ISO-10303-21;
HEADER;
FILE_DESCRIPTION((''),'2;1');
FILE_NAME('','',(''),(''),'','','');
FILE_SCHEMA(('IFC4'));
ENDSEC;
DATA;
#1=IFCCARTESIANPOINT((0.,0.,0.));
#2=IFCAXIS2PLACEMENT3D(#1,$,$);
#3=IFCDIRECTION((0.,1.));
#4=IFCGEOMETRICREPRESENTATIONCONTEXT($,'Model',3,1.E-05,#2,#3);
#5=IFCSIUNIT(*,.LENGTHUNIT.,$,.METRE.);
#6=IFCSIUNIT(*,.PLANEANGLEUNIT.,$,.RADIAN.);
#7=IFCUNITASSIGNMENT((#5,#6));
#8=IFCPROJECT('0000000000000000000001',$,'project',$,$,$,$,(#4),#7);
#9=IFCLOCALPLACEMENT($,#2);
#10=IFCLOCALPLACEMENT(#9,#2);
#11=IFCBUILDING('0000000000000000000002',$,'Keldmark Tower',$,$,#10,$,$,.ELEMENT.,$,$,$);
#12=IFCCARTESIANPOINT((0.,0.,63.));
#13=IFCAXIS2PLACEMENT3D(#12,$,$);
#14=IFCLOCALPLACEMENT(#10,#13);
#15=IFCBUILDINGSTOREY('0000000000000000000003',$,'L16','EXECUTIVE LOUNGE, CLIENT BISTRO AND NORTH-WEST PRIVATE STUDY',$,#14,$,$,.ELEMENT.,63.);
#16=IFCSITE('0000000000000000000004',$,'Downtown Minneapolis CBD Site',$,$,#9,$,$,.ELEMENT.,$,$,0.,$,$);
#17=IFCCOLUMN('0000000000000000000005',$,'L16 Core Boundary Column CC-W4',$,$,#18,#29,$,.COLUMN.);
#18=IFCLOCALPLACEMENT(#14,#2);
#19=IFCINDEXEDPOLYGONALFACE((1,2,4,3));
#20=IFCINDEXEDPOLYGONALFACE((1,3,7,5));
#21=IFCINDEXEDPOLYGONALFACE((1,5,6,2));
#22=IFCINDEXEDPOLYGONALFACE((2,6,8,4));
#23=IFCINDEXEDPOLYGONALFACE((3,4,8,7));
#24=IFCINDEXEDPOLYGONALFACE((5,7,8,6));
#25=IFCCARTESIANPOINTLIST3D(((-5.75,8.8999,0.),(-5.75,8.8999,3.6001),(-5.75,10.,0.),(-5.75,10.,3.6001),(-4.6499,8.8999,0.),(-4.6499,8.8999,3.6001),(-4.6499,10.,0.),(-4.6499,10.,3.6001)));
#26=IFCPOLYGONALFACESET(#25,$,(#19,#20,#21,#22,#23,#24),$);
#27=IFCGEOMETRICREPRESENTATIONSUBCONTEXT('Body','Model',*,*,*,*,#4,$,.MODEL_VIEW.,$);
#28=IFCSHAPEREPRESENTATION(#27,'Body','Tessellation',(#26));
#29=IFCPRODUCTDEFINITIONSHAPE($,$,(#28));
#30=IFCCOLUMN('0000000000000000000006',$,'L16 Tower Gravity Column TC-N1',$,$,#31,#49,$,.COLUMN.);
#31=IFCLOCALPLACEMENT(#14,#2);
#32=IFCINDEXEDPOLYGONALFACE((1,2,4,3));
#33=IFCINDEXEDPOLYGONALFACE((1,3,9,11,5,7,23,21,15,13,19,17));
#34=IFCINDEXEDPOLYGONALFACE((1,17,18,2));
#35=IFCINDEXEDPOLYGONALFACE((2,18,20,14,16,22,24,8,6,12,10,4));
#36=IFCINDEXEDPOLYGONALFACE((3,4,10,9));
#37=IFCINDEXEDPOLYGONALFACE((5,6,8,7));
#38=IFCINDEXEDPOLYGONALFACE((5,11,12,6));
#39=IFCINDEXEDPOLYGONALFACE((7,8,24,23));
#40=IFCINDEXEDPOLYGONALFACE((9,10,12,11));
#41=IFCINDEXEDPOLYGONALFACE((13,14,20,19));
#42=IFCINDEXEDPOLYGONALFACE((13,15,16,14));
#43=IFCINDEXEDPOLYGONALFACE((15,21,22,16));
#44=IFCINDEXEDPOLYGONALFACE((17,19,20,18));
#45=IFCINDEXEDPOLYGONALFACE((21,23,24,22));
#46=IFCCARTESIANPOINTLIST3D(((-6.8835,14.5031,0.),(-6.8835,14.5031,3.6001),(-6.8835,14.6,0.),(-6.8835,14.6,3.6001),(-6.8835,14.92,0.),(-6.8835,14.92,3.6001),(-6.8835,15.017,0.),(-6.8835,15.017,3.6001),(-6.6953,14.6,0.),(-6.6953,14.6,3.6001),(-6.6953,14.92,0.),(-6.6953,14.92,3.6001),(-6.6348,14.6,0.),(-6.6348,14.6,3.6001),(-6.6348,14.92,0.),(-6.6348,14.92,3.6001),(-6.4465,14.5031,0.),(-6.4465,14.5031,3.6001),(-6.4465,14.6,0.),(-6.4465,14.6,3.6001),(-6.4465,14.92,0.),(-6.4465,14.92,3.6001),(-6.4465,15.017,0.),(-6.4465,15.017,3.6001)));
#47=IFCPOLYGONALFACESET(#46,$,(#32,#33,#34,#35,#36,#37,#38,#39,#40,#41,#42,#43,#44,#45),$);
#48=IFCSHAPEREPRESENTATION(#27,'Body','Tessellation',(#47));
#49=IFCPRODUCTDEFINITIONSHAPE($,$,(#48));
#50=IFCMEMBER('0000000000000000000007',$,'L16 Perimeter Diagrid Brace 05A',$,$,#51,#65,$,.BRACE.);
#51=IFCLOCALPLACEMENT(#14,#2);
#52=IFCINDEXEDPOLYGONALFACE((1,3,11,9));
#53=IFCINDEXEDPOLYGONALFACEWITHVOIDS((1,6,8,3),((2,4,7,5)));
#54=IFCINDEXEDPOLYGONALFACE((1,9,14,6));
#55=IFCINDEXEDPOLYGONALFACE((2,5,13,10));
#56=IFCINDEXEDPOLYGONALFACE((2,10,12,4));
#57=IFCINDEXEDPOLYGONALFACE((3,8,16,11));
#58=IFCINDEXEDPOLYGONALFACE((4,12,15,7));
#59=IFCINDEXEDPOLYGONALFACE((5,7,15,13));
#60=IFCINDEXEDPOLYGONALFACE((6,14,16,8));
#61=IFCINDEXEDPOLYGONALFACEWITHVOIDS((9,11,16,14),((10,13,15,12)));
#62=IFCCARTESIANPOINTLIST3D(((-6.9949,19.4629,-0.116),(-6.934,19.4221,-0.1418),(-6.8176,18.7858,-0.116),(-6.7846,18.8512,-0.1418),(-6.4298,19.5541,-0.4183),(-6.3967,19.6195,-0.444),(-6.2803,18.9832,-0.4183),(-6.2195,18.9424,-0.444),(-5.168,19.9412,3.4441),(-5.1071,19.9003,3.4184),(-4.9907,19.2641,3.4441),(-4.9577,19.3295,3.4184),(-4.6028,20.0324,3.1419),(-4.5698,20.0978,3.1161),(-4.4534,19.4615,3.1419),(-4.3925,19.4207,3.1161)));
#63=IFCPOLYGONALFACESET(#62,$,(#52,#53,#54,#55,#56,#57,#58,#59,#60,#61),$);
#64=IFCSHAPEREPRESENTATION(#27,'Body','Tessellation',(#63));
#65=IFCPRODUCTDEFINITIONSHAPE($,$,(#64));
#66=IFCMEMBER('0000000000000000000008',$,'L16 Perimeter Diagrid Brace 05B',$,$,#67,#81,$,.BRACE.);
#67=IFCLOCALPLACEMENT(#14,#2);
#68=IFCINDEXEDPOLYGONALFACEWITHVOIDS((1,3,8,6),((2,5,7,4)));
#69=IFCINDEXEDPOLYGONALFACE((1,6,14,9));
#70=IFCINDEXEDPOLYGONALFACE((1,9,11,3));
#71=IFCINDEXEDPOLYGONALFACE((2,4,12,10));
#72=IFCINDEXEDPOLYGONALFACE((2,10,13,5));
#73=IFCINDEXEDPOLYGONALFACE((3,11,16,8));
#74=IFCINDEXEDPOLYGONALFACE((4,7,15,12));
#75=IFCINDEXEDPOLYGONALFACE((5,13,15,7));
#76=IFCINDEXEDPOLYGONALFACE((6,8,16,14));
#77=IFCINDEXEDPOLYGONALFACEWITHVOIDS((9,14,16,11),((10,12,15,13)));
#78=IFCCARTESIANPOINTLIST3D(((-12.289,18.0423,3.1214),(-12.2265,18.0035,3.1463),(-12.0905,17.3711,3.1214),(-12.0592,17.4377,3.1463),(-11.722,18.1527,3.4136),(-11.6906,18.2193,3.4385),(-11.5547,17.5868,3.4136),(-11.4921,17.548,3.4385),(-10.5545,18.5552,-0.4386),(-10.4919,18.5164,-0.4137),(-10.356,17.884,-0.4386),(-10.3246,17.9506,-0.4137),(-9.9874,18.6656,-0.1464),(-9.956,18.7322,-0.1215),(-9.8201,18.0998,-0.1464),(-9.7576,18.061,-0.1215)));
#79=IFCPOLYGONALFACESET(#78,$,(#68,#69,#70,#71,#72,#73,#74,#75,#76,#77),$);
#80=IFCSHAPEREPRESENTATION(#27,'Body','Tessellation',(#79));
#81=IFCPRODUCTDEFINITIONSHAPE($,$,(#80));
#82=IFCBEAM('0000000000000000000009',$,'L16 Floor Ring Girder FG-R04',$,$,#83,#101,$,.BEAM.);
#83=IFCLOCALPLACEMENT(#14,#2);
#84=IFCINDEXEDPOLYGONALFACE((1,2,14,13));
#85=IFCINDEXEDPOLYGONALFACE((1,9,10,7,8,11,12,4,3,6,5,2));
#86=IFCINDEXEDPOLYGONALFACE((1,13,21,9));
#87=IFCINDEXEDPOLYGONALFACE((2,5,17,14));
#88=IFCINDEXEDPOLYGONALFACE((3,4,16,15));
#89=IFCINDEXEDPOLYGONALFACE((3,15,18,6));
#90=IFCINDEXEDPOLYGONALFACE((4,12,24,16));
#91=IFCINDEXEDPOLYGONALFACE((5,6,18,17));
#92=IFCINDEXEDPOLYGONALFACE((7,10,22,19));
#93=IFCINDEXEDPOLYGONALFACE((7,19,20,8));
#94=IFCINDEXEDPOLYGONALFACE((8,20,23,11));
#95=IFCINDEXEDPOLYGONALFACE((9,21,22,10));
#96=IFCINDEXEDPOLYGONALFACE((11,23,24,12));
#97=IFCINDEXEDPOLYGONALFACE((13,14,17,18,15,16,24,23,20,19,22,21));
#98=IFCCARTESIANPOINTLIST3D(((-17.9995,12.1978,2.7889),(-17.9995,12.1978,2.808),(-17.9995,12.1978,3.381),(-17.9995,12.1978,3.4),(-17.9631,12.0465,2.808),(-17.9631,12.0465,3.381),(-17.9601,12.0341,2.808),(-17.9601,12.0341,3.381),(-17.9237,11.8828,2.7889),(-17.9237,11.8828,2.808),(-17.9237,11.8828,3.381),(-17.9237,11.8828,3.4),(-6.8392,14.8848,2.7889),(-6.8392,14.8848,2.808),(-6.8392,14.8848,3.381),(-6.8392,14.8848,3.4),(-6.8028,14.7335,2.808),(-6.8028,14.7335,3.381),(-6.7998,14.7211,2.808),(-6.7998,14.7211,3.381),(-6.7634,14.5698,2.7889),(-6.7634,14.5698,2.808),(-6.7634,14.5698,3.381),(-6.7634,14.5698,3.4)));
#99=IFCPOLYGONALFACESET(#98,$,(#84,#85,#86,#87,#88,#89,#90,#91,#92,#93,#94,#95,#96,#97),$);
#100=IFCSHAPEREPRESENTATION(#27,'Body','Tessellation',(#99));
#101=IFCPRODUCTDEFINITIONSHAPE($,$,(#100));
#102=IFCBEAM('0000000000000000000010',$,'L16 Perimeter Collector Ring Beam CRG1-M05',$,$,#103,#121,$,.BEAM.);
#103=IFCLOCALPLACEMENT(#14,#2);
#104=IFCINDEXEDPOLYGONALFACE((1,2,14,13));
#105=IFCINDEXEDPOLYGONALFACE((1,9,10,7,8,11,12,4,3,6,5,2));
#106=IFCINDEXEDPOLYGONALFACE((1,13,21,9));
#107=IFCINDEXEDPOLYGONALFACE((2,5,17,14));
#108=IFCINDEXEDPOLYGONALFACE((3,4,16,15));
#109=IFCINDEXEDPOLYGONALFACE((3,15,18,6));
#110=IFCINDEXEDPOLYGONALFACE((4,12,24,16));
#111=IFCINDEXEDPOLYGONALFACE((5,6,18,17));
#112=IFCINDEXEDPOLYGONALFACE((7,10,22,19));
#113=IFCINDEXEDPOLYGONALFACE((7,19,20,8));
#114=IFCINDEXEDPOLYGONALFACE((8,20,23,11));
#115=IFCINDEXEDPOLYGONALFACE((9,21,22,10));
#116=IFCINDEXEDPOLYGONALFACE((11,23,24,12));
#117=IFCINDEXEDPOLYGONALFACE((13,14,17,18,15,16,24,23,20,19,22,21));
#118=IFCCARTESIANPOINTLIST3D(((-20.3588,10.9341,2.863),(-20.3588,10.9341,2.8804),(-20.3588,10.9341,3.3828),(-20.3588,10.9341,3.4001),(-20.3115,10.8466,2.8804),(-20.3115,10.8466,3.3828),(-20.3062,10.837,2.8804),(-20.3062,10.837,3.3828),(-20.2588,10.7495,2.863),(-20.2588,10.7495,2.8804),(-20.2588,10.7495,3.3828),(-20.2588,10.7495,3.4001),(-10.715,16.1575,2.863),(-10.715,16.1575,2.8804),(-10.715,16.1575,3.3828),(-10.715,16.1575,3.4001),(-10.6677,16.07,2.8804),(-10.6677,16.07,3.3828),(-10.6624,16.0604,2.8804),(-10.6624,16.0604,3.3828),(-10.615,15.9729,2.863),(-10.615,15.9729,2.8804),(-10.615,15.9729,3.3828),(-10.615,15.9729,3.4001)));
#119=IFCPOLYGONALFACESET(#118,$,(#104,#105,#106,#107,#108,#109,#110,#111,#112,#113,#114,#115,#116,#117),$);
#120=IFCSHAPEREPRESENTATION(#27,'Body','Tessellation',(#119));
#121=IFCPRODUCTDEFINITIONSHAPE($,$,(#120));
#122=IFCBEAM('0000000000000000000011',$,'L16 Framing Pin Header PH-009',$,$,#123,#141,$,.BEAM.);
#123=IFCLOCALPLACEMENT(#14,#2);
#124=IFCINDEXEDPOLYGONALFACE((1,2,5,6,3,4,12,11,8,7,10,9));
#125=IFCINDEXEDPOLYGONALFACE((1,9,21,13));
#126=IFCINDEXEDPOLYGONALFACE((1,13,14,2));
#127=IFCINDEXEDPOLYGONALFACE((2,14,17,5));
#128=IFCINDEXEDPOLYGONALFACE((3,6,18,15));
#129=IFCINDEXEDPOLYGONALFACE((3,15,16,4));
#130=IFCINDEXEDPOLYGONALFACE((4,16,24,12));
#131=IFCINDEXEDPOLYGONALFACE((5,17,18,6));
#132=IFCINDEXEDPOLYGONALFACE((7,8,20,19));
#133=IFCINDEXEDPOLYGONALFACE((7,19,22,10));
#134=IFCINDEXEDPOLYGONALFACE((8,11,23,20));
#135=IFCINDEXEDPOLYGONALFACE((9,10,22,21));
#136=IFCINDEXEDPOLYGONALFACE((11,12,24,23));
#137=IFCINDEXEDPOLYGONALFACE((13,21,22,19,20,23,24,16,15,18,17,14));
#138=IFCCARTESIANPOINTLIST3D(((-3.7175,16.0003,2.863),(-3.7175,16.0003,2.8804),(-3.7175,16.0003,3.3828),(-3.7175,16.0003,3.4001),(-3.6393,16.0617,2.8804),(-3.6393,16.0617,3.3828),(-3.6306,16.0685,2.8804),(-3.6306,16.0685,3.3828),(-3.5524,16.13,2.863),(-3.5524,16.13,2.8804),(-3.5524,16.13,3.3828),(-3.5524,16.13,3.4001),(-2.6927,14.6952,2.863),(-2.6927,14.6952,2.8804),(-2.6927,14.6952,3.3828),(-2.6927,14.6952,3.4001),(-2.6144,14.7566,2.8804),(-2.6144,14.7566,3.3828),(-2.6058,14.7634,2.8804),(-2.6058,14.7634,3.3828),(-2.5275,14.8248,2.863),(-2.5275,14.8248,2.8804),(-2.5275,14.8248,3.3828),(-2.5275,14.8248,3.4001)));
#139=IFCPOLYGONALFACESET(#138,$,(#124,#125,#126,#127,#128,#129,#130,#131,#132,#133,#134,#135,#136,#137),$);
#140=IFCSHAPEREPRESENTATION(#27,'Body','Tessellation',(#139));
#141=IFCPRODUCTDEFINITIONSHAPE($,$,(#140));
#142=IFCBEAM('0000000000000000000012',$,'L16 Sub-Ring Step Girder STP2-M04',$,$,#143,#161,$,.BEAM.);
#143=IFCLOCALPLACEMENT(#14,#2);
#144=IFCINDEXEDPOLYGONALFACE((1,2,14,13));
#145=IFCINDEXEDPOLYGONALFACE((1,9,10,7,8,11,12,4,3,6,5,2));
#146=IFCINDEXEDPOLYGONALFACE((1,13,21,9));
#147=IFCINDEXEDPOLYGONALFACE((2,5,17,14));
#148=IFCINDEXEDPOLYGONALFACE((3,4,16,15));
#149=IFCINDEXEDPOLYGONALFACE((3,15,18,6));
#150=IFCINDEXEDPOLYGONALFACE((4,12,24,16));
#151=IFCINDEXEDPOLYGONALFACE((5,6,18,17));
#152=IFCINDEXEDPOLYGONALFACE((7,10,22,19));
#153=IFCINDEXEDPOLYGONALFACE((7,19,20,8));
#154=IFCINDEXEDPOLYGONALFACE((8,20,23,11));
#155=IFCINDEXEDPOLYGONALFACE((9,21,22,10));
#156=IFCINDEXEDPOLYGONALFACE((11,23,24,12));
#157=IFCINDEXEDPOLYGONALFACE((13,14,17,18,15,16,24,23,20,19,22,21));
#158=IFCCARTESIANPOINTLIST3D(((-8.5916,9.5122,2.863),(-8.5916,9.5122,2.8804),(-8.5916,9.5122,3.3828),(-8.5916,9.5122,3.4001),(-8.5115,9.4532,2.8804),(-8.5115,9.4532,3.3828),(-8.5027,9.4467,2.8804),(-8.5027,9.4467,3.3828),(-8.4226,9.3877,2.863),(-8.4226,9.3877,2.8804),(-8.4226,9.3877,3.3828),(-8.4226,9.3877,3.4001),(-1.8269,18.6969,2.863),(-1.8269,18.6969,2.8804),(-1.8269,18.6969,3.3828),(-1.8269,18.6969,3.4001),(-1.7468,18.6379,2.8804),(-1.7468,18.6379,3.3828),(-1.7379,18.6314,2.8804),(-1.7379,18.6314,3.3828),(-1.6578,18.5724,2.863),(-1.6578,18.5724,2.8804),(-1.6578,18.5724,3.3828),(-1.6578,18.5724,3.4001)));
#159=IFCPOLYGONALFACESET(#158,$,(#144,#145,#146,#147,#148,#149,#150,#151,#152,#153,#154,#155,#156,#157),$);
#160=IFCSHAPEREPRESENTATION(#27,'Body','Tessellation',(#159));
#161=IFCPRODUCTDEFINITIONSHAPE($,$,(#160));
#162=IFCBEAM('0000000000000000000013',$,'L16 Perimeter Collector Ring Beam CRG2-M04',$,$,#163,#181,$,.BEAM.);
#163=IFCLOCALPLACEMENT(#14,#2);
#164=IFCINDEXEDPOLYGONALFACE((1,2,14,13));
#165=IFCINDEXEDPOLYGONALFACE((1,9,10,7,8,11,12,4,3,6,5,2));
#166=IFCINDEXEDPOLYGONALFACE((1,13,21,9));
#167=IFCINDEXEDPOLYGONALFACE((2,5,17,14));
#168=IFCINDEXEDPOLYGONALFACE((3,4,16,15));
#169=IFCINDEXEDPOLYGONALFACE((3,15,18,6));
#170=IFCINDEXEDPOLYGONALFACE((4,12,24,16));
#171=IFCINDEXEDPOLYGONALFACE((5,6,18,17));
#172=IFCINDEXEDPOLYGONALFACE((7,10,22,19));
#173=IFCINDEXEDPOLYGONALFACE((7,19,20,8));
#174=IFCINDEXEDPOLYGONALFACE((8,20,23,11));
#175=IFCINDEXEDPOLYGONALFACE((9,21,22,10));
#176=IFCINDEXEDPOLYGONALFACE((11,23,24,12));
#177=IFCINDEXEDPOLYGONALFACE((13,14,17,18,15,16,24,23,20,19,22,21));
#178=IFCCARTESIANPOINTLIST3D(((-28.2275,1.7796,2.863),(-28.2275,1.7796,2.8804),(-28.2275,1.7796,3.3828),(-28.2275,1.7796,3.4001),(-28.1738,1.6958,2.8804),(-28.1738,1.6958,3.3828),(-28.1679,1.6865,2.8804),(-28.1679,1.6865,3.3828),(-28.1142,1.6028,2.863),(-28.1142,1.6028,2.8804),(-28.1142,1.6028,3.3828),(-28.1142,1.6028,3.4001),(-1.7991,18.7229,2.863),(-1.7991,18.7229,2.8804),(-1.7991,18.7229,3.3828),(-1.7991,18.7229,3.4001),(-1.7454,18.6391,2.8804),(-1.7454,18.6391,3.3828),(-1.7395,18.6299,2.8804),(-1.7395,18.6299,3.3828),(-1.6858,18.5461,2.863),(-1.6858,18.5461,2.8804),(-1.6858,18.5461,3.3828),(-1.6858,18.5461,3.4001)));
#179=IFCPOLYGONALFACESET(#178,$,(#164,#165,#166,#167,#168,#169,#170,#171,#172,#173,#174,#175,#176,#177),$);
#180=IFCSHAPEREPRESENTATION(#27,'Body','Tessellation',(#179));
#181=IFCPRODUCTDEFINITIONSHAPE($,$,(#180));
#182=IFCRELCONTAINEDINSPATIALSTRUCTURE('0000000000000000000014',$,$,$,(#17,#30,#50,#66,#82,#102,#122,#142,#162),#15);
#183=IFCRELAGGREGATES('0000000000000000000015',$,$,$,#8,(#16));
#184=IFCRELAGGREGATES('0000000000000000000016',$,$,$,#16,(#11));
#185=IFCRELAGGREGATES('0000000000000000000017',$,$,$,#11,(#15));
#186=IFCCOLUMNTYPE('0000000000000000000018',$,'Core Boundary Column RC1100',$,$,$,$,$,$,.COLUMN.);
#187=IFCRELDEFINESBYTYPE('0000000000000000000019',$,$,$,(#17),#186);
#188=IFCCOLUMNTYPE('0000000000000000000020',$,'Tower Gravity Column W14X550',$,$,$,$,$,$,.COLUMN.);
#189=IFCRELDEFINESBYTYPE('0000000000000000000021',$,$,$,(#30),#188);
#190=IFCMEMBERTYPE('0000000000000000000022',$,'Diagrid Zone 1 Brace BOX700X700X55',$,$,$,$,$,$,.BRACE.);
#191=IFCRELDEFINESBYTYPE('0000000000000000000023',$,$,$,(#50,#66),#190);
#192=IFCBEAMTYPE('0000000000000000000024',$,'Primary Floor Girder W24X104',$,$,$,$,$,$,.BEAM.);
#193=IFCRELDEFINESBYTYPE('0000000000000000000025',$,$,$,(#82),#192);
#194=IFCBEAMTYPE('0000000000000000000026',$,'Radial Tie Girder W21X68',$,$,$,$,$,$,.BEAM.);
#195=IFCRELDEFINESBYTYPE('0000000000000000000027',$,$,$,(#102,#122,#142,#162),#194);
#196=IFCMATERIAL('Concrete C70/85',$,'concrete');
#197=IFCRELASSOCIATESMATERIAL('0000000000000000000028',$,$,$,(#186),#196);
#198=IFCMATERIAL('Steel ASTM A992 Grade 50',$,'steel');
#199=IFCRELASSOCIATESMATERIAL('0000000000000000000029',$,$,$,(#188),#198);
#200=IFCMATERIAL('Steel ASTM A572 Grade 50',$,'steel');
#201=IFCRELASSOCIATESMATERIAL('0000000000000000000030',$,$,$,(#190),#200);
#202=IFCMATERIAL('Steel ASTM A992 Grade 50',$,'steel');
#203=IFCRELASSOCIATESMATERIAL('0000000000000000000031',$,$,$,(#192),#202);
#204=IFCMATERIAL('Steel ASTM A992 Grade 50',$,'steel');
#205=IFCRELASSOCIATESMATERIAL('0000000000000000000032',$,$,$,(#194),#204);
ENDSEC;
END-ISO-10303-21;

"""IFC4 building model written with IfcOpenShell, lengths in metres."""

from ifc_helpers import new_model, si_unit, direction, frame, origin, origin_2d, place, context, subcontext, project, spatial, rectangle, hollow_rectangle, i_section, extrude, material, material_profile, profile_set, type_object, element, save


model = new_model("IFC4")

# Units and contexts
model_context = context("Model", 3, precision=1e-05, world=origin(), true_north=direction((0.0, 1.0)))
body_context = subcontext(model_context, "Body", "Model", "MODEL_VIEW")
ifc_project = project(units=[si_unit("LENGTHUNIT", "METRE"), si_unit("PLANEANGLEUNIT", "RADIAN")], contexts=[model_context])

# Site, building, storey
site_placement = place(None, origin())
site = spatial("IfcSite", under=ifc_project, at=site_placement, Name="Downtown Minneapolis CBD Site", CompositionType="ELEMENT", RefElevation=0.0)
building_placement = place(site_placement, origin())
building = spatial("IfcBuilding", under=site, at=building_placement, Name="Keldmark Tower", CompositionType="ELEMENT")
storey_placement = place(building_placement, frame((0.0, 0.0, 63.0)))
storey = spatial("IfcBuildingStorey", under=building, at=storey_placement, Name="L16", Description="EXECUTIVE LOUNGE, CLIENT BISTRO AND NORTH-WEST PRIVATE STUDY", CompositionType="ELEMENT", Elevation=63.0)

# Columns
ifc_material_1 = material(Name="Concrete C70/85", Category="concrete")
ifc_material_profile_1 = material_profile(ifc_material_1, rectangle(XDim=1.1001, YDim=1.1001, at=origin_2d()), Name="RC1100X1100")
ifc_profile_set_1 = profile_set([ifc_material_profile_1], Name="Concrete C70/85")
column_type_1 = type_object("IfcColumnType", Name="Core Boundary Column RC1100", PredefinedType="COLUMN", material=ifc_profile_set_1)
column_1_placement = place(storey_placement, frame((-5.2, 9.45, 0.0), z_axis=(0.0, 0.0, 1.0), x_axis=(1.0, 0.0, 0.0)))
element("IfcColumn", 1, at=column_1_placement, inside=storey, type_object=column_type_1, Name="L16 Core Boundary Column CC-W4", PredefinedType="COLUMN", context=body_context, shape_type="SweptSolid", body=[
    extrude(rectangle(XDim=1.1001, YDim=1.1001, at=origin_2d()), origin(), (0.0, 0.0, 1.0), 3.6001),
])
ifc_material_2 = material(Name="Steel ASTM A992 Grade 50", Category="steel")
ifc_material_profile_2 = material_profile(ifc_material_2, i_section(OverallWidth=0.437, OverallDepth=0.5139, WebThickness=0.0605, FlangeThickness=0.0969, at=origin_2d()), Name="W14X550")
ifc_profile_set_2 = profile_set([ifc_material_profile_2], Name="Steel ASTM A992 Grade 50")
column_type_2 = type_object("IfcColumnType", Name="Tower Gravity Column W14X550", PredefinedType="COLUMN", material=ifc_profile_set_2)
column_2_placement = place(storey_placement, frame((-6.665, 14.76, 0.0), z_axis=(0.0, 0.0, 1.0), x_axis=(1.0, 0.0, 0.0)))
element("IfcColumn", 2, at=column_2_placement, inside=storey, type_object=column_type_2, Name="L16 Tower Gravity Column TC-N1", PredefinedType="COLUMN", context=body_context, shape_type="SweptSolid", body=[
    extrude(i_section(OverallWidth=0.437, OverallDepth=0.5139, WebThickness=0.0605, FlangeThickness=0.0969, at=origin_2d()), origin(), (0.0, 0.0, 1.0), 3.6001),
])

# Members
ifc_material_3 = material(Name="Steel ASTM A572 Grade 50", Category="steel")
ifc_material_profile_3 = material_profile(ifc_material_3, hollow_rectangle(XDim=0.7, YDim=0.7, WallThickness=0.0549, at=origin_2d()), Name="BOX700X700X55")
ifc_profile_set_3 = profile_set([ifc_material_profile_3], Name="Steel ASTM A572 Grade 50")
member_type = type_object("IfcMemberType", Name="Diagrid Zone 1 Brace BOX700X700X55", PredefinedType="BRACE", material=ifc_profile_set_3)
member_1_placement = place(storey_placement, frame((-6.6072, 19.2026, -0.28), z_axis=(0.453334, 0.11868, 0.883404), x_axis=(-0.253259, 0.967399, 0.0)))
element("IfcMember", 3, at=member_1_placement, inside=storey, type_object=member_type, Name="L16 Perimeter Diagrid Brace 05A", PredefinedType="BRACE", context=body_context, shape_type="SweptSolid", body=[
    extrude(hollow_rectangle(XDim=0.7, YDim=0.7, WallThickness=0.0549, at=origin_2d()), origin(), (0.0, 0.0, 1.0), 4.03),
])
member_2_placement = place(storey_placement, frame((-10.156, 18.3081, -0.28), z_axis=(-0.434388, -0.128452, 0.89152), x_axis=(0.283569, -0.958952, 0.0)))
element("IfcMember", 4, at=member_2_placement, inside=storey, type_object=member_type, Name="L16 Perimeter Diagrid Brace 05B", PredefinedType="BRACE", context=body_context, shape_type="SweptSolid", body=[
    extrude(hollow_rectangle(XDim=0.7, YDim=0.7, WallThickness=0.0549, at=origin_2d()), origin(), (0.0, 0.0, 1.0), 3.9932),
])

# Beams
ifc_material_4 = material(Name="Steel ASTM A992 Grade 50", Category="steel")
ifc_material_profile_4 = material_profile(ifc_material_4, i_section(OverallWidth=0.324, OverallDepth=0.6111, WebThickness=0.0127, FlangeThickness=0.019, at=origin_2d()), Name="W24X104")
ifc_profile_set_4 = profile_set([ifc_material_profile_4], Name="Steel ASTM A992 Grade 50")
beam_type_1 = type_object("IfcBeamType", Name="Primary Floor Girder W24X104", PredefinedType="BEAM", material=ifc_profile_set_4)
beam_1_placement = place(storey_placement, frame((-6.8013, 14.7273, 3.0945), z_axis=(-0.972219, -0.234074, 0.0), x_axis=(0.234074, -0.972219, 0.0)))
element("IfcBeam", 5, at=beam_1_placement, inside=storey, type_object=beam_type_1, Name="L16 Floor Ring Girder FG-R04", PredefinedType="BEAM", context=body_context, shape_type="SweptSolid", body=[
    extrude(i_section(OverallWidth=0.324, OverallDepth=0.6111, WebThickness=0.0127, FlangeThickness=0.019, at=origin_2d()), origin(), (0.0, 0.0, 1.0), 11.4792),
])
ifc_material_5 = material(Name="Steel ASTM A992 Grade 50", Category="steel")
ifc_material_profile_5 = material_profile(ifc_material_5, i_section(OverallWidth=0.21, OverallDepth=0.5371, WebThickness=0.011, FlangeThickness=0.0173, at=origin_2d()), Name="W21X68")
ifc_profile_set_5 = profile_set([ifc_material_profile_5], Name="Steel ASTM A992 Grade 50")
beam_type_2 = type_object("IfcBeamType", Name="Radial Tie Girder W21X68", PredefinedType="BEAM", material=ifc_profile_set_5)
beam_2_placement = place(storey_placement, frame((-10.665, 16.0652, 3.1316), z_axis=(-0.879305, -0.476259, 0.0), x_axis=(0.476259, -0.879305, 0.0)))
element("IfcBeam", 6, at=beam_2_placement, inside=storey, type_object=beam_type_2, Name="L16 Perimeter Collector Ring Beam CRG1-M05", PredefinedType="BEAM", context=body_context, shape_type="SweptSolid", body=[
    extrude(i_section(OverallWidth=0.21, OverallDepth=0.5371, WebThickness=0.011, FlangeThickness=0.0173, at=origin_2d()), origin(), (0.0, 0.0, 1.0), 10.9675),
])
beam_3_placement = place(storey_placement, frame((-2.6101, 14.76, 3.1316), z_axis=(-0.617601, 0.786492, 0.0), x_axis=(-0.786492, -0.617601, 0.0)))
element("IfcBeam", 7, at=beam_3_placement, inside=storey, type_object=beam_type_2, Name="L16 Framing Pin Header PH-009", PredefinedType="BEAM", context=body_context, shape_type="SweptSolid", body=[
    extrude(i_section(OverallWidth=0.21, OverallDepth=0.5371, WebThickness=0.011, FlangeThickness=0.0173, at=origin_2d()), origin(), (0.0, 0.0, 1.0), 1.6594),
])
beam_4_placement = place(storey_placement, frame((-8.5071, 9.45, 3.1316), z_axis=(0.593033, 0.805178, 0.0), x_axis=(-0.805178, 0.593033, 0.0)))
element("IfcBeam", 8, at=beam_4_placement, inside=storey, type_object=beam_type_2, Name="L16 Sub-Ring Step Girder STP2-M04", PredefinedType="BEAM", context=body_context, shape_type="SweptSolid", body=[
    extrude(i_section(OverallWidth=0.21, OverallDepth=0.5371, WebThickness=0.011, FlangeThickness=0.0173, at=origin_2d()), origin(), (0.0, 0.0, 1.0), 11.407),
])
beam_5_placement = place(storey_placement, frame((-1.7424, 18.6345, 3.1316), z_axis=(-0.84185, -0.539712, 0.0), x_axis=(0.539712, -0.84185, 0.0)))
element("IfcBeam", 9, at=beam_5_placement, inside=storey, type_object=beam_type_2, Name="L16 Perimeter Collector Ring Beam CRG2-M04", PredefinedType="BEAM", context=body_context, shape_type="SweptSolid", body=[
    extrude(i_section(OverallWidth=0.21, OverallDepth=0.5371, WebThickness=0.011, FlangeThickness=0.0173, at=origin_2d()), origin(), (0.0, 0.0, 1.0), 31.3933),
])

save(model, "model.ifc")
